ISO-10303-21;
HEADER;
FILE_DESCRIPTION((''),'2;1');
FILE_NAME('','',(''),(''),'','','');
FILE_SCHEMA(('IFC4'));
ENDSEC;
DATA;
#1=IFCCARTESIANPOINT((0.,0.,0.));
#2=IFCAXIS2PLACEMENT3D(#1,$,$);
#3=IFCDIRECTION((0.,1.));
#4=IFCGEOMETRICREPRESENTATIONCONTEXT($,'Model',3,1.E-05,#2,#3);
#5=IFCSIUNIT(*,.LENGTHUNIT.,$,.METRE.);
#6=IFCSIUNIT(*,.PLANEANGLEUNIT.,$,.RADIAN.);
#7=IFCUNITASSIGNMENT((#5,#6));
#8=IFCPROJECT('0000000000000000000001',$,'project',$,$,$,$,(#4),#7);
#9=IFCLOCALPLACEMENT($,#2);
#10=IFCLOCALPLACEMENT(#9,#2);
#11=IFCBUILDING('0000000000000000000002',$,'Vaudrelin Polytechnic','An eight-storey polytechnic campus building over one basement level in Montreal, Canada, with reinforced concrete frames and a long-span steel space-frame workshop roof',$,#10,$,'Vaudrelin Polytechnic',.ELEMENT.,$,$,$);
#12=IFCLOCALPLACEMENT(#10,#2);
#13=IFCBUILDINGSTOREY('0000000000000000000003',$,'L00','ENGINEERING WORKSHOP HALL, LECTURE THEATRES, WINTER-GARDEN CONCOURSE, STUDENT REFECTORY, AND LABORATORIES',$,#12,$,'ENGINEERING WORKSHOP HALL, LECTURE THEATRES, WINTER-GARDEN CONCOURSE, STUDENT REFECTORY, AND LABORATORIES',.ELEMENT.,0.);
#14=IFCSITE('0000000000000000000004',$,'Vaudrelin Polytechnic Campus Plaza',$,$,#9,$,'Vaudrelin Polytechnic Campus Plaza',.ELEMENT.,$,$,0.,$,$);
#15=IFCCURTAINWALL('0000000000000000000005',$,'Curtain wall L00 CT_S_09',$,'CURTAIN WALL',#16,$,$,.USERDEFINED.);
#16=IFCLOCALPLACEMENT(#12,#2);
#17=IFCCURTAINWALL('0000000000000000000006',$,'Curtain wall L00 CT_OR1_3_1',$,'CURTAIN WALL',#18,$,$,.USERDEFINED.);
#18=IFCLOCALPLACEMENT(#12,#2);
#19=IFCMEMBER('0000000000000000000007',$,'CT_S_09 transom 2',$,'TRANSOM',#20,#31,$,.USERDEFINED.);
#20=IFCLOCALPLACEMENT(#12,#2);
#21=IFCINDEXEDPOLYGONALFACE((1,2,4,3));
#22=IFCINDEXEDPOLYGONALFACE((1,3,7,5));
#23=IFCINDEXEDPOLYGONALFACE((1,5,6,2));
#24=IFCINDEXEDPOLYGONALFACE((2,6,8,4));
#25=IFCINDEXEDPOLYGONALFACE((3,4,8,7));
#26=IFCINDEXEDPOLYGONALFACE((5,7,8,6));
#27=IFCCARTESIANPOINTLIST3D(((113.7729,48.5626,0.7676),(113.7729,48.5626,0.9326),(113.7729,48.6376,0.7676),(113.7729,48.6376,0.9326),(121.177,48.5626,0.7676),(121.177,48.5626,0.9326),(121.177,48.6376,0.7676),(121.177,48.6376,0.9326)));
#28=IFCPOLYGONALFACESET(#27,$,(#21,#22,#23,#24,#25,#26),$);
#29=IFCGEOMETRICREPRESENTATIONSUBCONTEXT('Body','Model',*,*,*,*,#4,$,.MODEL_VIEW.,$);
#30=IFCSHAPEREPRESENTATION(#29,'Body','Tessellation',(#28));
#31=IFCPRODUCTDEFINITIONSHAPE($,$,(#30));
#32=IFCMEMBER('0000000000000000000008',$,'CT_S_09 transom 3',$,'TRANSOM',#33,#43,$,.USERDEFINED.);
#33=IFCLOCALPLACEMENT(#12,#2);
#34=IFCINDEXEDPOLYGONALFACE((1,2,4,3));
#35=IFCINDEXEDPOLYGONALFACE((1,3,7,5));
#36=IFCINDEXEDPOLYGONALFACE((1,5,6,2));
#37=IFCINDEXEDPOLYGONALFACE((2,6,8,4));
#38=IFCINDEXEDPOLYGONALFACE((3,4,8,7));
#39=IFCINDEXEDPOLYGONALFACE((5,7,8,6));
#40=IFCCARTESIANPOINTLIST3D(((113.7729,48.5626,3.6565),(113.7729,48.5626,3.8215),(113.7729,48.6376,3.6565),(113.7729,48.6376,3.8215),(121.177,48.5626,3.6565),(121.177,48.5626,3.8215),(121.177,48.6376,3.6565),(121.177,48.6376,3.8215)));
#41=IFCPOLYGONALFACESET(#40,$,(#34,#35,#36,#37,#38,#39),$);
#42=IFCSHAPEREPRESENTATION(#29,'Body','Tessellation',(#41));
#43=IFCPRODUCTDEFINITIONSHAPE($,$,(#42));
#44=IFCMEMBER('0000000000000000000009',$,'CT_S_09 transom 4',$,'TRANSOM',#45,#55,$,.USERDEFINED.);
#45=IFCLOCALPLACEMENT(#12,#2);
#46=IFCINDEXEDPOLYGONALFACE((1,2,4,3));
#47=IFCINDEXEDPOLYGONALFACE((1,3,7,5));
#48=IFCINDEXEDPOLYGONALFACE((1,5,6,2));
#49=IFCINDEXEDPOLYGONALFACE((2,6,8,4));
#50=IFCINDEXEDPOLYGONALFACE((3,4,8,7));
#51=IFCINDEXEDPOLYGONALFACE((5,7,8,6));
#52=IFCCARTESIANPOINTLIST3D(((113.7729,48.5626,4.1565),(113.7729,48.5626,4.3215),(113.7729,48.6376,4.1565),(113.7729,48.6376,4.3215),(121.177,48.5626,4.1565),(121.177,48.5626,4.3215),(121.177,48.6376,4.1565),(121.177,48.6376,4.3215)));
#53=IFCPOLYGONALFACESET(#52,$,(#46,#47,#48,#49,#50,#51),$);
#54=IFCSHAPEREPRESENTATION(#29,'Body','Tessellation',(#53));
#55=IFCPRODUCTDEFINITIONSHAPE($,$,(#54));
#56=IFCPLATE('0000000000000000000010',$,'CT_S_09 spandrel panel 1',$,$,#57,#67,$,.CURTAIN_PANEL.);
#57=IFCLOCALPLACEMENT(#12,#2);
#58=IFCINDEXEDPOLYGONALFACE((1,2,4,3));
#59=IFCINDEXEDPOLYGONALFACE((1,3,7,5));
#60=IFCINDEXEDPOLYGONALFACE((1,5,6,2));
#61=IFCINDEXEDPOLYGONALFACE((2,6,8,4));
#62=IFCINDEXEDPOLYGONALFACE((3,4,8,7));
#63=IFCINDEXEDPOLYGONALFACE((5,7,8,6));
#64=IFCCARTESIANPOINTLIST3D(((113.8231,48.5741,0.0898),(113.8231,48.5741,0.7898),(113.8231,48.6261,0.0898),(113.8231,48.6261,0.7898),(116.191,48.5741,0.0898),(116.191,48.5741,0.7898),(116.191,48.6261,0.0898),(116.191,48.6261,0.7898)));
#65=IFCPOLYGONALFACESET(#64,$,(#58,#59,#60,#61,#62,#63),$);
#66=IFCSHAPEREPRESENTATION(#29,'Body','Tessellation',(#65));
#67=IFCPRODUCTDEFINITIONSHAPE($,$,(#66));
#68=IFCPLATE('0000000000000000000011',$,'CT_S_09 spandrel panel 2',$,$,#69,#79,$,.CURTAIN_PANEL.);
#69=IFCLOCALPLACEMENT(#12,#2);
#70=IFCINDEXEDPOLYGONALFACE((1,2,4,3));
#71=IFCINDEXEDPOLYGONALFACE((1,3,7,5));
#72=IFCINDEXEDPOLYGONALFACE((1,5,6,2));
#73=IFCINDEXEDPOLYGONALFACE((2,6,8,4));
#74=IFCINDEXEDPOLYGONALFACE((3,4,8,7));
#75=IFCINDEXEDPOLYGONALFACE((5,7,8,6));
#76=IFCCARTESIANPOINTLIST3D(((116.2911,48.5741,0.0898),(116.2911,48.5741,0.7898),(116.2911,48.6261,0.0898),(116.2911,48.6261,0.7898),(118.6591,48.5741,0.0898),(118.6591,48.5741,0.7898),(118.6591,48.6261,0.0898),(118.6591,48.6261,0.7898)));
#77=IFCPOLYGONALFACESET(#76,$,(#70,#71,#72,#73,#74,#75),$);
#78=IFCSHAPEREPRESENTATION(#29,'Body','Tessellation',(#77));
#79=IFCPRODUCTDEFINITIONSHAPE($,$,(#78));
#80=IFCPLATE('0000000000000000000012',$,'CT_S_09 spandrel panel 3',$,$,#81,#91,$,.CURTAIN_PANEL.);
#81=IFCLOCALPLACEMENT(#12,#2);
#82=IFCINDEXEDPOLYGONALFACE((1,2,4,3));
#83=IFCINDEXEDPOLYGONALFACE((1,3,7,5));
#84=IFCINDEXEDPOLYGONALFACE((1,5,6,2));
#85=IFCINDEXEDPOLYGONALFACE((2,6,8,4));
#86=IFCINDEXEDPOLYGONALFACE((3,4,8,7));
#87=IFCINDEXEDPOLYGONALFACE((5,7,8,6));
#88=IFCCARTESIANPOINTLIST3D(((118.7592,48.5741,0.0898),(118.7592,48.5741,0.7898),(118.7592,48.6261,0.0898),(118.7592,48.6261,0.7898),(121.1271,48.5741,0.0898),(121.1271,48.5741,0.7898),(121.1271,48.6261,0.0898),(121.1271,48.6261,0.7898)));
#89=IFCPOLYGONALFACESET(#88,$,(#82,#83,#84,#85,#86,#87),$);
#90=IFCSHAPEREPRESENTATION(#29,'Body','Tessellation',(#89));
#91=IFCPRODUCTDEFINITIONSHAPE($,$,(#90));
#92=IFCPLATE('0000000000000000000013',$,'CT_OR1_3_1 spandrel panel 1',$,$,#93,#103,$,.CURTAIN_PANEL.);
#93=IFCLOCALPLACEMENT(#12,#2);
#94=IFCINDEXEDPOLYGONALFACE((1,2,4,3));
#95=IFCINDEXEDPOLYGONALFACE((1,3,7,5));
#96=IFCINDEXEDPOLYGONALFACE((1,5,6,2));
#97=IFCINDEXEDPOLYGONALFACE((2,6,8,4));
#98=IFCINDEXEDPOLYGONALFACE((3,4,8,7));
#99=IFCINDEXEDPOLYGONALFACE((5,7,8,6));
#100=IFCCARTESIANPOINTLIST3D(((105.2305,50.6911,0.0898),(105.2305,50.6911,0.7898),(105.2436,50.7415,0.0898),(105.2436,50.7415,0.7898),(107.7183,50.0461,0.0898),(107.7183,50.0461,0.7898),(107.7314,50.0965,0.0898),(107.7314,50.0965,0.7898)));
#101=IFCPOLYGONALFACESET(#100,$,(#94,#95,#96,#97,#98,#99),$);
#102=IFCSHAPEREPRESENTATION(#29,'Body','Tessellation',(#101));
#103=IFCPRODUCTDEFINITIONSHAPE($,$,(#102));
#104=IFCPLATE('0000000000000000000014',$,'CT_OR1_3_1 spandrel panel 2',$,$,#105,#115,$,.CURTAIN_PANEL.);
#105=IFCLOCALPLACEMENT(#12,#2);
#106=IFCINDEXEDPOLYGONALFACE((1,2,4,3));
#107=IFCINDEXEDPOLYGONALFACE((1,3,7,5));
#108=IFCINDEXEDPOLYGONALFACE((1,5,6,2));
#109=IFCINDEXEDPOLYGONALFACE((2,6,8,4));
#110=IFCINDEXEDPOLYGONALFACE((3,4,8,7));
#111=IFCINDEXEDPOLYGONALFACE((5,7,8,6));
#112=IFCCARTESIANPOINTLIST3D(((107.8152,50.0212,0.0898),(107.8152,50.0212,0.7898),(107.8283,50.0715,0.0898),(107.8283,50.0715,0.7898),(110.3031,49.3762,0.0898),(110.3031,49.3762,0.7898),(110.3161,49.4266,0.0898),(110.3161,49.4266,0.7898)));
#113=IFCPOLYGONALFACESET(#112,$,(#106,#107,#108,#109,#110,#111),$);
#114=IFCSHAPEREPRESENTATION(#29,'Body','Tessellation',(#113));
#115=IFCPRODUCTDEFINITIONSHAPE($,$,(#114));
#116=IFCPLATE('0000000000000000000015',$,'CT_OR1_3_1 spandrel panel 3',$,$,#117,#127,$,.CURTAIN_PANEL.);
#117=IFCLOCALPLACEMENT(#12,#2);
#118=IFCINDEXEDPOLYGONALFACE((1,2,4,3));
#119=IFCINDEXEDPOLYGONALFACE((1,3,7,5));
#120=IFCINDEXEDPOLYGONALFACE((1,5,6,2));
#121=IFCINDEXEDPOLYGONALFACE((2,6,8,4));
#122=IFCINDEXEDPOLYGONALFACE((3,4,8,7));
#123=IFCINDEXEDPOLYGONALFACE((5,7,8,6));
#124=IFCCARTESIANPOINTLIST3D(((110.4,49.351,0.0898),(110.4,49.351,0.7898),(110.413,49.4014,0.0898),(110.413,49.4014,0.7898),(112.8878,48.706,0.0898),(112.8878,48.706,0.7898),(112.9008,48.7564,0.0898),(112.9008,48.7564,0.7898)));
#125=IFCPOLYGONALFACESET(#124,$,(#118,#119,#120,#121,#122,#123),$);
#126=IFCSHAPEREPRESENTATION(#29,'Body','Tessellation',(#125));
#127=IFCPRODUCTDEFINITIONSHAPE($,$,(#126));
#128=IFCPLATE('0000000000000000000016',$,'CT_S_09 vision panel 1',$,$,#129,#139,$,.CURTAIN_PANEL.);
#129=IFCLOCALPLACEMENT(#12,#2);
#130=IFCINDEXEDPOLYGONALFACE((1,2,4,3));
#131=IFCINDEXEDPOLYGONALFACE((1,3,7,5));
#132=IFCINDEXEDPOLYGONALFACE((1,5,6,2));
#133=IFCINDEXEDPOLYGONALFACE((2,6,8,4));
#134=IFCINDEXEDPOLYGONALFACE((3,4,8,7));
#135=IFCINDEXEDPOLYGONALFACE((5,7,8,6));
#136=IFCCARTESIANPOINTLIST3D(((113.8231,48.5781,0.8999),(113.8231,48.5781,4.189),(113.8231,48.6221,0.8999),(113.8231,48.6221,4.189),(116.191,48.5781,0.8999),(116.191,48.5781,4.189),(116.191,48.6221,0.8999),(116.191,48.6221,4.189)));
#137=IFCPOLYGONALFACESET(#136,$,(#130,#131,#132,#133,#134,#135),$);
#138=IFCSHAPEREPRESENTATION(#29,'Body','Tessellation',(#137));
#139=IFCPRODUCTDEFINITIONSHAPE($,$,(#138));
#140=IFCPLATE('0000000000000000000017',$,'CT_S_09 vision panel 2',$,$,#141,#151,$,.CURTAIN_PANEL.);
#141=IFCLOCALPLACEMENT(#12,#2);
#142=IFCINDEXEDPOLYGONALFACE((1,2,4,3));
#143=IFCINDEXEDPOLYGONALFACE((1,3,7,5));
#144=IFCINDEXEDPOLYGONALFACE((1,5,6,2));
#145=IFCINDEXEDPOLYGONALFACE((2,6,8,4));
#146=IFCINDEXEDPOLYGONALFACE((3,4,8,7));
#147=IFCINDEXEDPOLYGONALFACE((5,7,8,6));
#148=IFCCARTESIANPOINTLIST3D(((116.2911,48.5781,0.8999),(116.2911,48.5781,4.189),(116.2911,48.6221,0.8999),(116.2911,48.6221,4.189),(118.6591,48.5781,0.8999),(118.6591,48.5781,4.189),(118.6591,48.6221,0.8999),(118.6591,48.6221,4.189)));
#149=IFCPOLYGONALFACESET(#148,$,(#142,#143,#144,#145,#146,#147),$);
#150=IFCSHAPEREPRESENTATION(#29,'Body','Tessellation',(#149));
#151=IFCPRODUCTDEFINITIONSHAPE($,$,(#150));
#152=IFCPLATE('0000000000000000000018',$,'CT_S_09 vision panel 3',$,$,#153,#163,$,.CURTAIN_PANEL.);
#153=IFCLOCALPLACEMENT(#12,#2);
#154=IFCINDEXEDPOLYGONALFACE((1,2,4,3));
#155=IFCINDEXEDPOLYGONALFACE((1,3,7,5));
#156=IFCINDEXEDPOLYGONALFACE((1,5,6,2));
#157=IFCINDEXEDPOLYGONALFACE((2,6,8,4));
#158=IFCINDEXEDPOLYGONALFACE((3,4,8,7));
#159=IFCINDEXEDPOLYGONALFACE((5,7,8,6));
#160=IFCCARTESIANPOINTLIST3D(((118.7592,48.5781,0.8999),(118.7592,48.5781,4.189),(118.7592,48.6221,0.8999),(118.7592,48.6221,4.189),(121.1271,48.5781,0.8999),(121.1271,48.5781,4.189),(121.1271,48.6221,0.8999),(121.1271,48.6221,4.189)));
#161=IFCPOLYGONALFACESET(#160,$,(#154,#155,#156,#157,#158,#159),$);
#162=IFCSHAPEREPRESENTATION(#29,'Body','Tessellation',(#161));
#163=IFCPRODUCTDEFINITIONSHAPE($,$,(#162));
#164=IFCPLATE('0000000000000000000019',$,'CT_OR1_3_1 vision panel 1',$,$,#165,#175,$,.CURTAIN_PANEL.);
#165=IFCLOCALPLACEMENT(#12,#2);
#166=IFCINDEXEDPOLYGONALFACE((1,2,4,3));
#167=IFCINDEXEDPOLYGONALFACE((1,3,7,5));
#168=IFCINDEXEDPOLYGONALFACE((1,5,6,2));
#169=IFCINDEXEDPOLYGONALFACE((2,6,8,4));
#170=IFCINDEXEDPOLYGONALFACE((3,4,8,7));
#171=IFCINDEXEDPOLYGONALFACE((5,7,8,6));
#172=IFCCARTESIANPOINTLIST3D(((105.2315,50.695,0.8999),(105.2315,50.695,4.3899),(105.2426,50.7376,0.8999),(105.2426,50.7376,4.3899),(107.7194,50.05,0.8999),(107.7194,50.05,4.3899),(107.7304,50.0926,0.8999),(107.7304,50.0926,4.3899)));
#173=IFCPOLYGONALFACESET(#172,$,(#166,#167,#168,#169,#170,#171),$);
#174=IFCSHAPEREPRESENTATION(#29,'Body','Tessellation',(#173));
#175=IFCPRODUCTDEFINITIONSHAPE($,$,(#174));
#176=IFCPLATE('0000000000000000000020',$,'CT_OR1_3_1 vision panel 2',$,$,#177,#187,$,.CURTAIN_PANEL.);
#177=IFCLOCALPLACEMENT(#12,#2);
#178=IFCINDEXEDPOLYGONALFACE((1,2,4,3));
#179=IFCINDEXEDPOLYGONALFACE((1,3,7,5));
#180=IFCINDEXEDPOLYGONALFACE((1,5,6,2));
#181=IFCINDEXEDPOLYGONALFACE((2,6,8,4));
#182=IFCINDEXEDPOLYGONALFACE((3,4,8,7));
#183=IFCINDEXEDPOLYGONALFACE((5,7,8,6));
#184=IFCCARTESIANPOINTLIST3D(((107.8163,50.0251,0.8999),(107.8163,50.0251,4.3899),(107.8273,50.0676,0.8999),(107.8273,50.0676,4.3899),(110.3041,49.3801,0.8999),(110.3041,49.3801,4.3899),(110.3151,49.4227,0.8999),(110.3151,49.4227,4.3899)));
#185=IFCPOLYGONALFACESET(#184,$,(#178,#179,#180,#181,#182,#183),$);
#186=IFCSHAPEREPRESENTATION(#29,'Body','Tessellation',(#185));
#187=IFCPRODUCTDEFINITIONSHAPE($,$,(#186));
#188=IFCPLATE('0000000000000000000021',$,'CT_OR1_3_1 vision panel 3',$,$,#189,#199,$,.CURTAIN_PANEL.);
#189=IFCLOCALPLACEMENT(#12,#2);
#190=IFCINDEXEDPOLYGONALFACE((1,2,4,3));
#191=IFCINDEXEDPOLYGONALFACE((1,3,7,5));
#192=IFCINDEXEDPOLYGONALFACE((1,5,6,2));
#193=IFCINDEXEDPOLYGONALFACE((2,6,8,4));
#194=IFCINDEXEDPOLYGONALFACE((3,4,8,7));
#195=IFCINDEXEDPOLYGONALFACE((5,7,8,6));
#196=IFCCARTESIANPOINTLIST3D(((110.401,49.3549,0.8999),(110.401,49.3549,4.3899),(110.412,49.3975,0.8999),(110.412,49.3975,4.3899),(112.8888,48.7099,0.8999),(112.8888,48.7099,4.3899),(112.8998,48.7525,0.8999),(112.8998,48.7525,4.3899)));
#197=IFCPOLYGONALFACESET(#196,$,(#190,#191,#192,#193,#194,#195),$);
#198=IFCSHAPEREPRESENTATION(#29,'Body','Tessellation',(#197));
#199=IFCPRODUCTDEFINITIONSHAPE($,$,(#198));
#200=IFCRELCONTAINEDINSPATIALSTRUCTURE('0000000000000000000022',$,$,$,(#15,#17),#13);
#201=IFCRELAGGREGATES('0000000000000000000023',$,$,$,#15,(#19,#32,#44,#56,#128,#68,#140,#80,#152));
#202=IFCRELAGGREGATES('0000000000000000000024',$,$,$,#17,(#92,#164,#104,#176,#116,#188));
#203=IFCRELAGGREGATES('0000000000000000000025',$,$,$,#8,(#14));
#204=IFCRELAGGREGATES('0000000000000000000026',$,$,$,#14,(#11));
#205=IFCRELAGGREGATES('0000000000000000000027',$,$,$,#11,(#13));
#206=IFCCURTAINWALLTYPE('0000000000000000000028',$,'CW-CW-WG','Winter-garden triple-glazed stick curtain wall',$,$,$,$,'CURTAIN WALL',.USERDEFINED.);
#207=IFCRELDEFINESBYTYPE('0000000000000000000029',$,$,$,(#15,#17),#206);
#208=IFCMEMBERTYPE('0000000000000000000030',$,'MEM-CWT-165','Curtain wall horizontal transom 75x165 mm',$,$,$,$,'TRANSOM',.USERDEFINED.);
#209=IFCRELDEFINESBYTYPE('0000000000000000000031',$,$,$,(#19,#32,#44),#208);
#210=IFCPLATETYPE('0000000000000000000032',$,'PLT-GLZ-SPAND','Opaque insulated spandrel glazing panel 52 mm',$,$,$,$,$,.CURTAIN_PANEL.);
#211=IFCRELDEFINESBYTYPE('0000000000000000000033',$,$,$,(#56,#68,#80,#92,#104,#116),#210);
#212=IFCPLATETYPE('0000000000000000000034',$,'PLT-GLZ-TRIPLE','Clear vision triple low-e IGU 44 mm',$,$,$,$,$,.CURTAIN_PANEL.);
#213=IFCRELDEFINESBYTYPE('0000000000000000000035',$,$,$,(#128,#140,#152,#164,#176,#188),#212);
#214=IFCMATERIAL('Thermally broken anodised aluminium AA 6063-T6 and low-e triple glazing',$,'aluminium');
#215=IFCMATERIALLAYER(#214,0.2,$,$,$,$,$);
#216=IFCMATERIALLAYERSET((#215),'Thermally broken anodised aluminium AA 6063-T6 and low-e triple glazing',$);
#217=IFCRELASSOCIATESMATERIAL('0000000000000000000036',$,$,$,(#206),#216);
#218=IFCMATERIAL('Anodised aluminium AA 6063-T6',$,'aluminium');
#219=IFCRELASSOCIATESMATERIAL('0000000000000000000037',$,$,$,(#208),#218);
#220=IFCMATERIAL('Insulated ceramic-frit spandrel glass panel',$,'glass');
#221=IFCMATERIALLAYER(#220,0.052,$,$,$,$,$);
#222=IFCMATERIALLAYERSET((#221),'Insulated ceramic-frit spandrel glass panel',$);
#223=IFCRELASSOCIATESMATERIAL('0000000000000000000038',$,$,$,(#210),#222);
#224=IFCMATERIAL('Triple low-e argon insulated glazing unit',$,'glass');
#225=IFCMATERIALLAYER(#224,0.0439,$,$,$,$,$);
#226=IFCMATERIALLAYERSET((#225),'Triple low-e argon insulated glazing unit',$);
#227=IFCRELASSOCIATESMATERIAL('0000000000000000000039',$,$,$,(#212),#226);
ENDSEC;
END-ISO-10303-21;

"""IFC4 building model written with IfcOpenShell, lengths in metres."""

from ifc_helpers import new_model, si_unit, direction, frame, origin, origin_2d, place, context, subcontext, project, spatial, rectangle, extrude, material, layer, layer_set, material_profile, profile_set, type_object, element, aggregate, save


model = new_model("IFC4")

# Units and contexts
model_context = context("Model", 3, precision=1e-05, world=origin(), true_north=direction((0.0, 1.0)))
body_context = subcontext(model_context, "Body", "Model", "MODEL_VIEW")
ifc_project = project(units=[si_unit("LENGTHUNIT", "METRE"), si_unit("PLANEANGLEUNIT", "RADIAN")], contexts=[model_context])

# Site, building, storey
site_placement = place(None, origin())
site = spatial("IfcSite", under=ifc_project, at=site_placement, Name="Vaudrelin Polytechnic Campus Plaza", LongName="Vaudrelin Polytechnic Campus Plaza", CompositionType="ELEMENT", RefElevation=0.0)
building_placement = place(site_placement, origin())
building = spatial("IfcBuilding", under=site, at=building_placement, Name="Vaudrelin Polytechnic", Description="An eight-storey polytechnic campus building over one basement level in Montreal, Canada, with reinforced concrete frames and a long-span steel space-frame workshop roof", LongName="Vaudrelin Polytechnic", CompositionType="ELEMENT")
storey_placement = place(building_placement, origin())
storey = spatial("IfcBuildingStorey", under=building, at=storey_placement, Name="L00", Description="ENGINEERING WORKSHOP HALL, LECTURE THEATRES, WINTER-GARDEN CONCOURSE, STUDENT REFECTORY, AND LABORATORIES", LongName="ENGINEERING WORKSHOP HALL, LECTURE THEATRES, WINTER-GARDEN CONCOURSE, STUDENT REFECTORY, AND LABORATORIES", CompositionType="ELEMENT", Elevation=0.0)

# Curtain walls
ifc_material_1 = material(Name="Thermally broken anodised aluminium AA 6063-T6 and low-e triple glazing", Category="aluminium")
ifc_layer_1 = layer(ifc_material_1, 0.2)
ifc_layer_set_1 = layer_set([ifc_layer_1], Name="Thermally broken anodised aluminium AA 6063-T6 and low-e triple glazing")
curtain_wall_type = type_object("IfcCurtainWallType", Name="CW-CW-WG", Description="Winter-garden triple-glazed stick curtain wall", ElementType="CURTAIN WALL", PredefinedType="USERDEFINED", material=ifc_layer_set_1)
curtain_wall_1_placement = place(storey_placement, origin())
curtain_wall_1 = element("IfcCurtainWall", 1, at=curtain_wall_1_placement, inside=storey, type_object=curtain_wall_type, Name="Curtain wall L00 CT_S_09", ObjectType="CURTAIN WALL", PredefinedType="USERDEFINED")
ifc_material_2 = material(Name="Anodised aluminium AA 6063-T6", Category="aluminium")
curtain_wall_2_placement = place(storey_placement, origin())
curtain_wall_2 = element("IfcCurtainWall", 2, at=curtain_wall_2_placement, inside=storey, type_object=curtain_wall_type, Name="Curtain wall L00 CT_OR1_3_1", ObjectType="CURTAIN WALL", PredefinedType="USERDEFINED")

# Members
ifc_material_profile_1 = material_profile(ifc_material_2, rectangle(XDim=0.075, YDim=0.165, at=origin_2d()), Name="CWT-75x165")
ifc_profile_set_1 = profile_set([ifc_material_profile_1], Name="Anodised aluminium AA 6063-T6")
member_type_1 = type_object("IfcMemberType", Name="MEM-CWT-165", Description="Curtain wall horizontal transom 75x165 mm", ElementType="TRANSOM", PredefinedType="USERDEFINED", material=ifc_profile_set_1)
member_1_placement = place(storey_placement, frame((113.7729, 48.6001, 0.8501), z_axis=(1.0, 0.0, 0.0), x_axis=(0.0, 1.0, 0.0)))
member_1 = element("IfcMember", 3, at=member_1_placement, type_object=member_type_1, Name="CT_S_09 transom 2", ObjectType="TRANSOM", PredefinedType="USERDEFINED", context=body_context, shape_type="SweptSolid", body=[
    extrude(rectangle(XDim=0.075, YDim=0.165, at=origin_2d()), origin(), (0.0, 0.0, 1.0), 7.4041),
])
member_2_placement = place(storey_placement, frame((113.7729, 48.6001, 3.739), z_axis=(1.0, 0.0, 0.0), x_axis=(0.0, 1.0, 0.0)))
member_2 = element("IfcMember", 4, at=member_2_placement, type_object=member_type_1, Name="CT_S_09 transom 3", ObjectType="TRANSOM", PredefinedType="USERDEFINED", context=body_context, shape_type="SweptSolid", body=[
    extrude(rectangle(XDim=0.075, YDim=0.165, at=origin_2d()), origin(), (0.0, 0.0, 1.0), 7.4041),
])
member_3_placement = place(storey_placement, frame((113.7729, 48.6001, 4.239), z_axis=(1.0, 0.0, 0.0), x_axis=(0.0, 1.0, 0.0)))
member_3 = element("IfcMember", 5, at=member_3_placement, type_object=member_type_1, Name="CT_S_09 transom 4", ObjectType="TRANSOM", PredefinedType="USERDEFINED", context=body_context, shape_type="SweptSolid", body=[
    extrude(rectangle(XDim=0.075, YDim=0.165, at=origin_2d()), origin(), (0.0, 0.0, 1.0), 7.4041),
])

# Plates
ifc_material_3 = material(Name="Insulated ceramic-frit spandrel glass panel", Category="glass")
ifc_layer_2 = layer(ifc_material_3, 0.052)
ifc_layer_set_2 = layer_set([ifc_layer_2], Name="Insulated ceramic-frit spandrel glass panel")
plate_type_1 = type_object("IfcPlateType", Name="PLT-GLZ-SPAND", Description="Opaque insulated spandrel glazing panel 52 mm", PredefinedType="CURTAIN_PANEL", material=ifc_layer_set_2)
plate_1_placement = place(storey_placement, frame((115.0071, 48.6001, 0.0898), z_axis=(0.0, 0.0, 1.0), x_axis=(1.0, 0.0, 0.0)))
plate_1 = element("IfcPlate", 6, at=plate_1_placement, type_object=plate_type_1, Name="CT_S_09 spandrel panel 1", PredefinedType="CURTAIN_PANEL", context=body_context, shape_type="SweptSolid", body=[
    extrude(rectangle(XDim=2.3679, YDim=0.052, at=origin_2d()), origin(), (0.0, 0.0, 1.0), 0.7),
])
plate_2_placement = place(storey_placement, frame((117.4751, 48.6001, 0.0898), z_axis=(0.0, 0.0, 1.0), x_axis=(1.0, 0.0, 0.0)))
plate_2 = element("IfcPlate", 7, at=plate_2_placement, type_object=plate_type_1, Name="CT_S_09 spandrel panel 2", PredefinedType="CURTAIN_PANEL", context=body_context, shape_type="SweptSolid", body=[
    extrude(rectangle(XDim=2.3679, YDim=0.052, at=origin_2d()), origin(), (0.0, 0.0, 1.0), 0.7),
])
plate_3_placement = place(storey_placement, frame((119.9431, 48.6001, 0.0898), z_axis=(0.0, 0.0, 1.0), x_axis=(1.0, 0.0, 0.0)))
plate_3 = element("IfcPlate", 8, at=plate_3_placement, type_object=plate_type_1, Name="CT_S_09 spandrel panel 3", PredefinedType="CURTAIN_PANEL", context=body_context, shape_type="SweptSolid", body=[
    extrude(rectangle(XDim=2.3679, YDim=0.052, at=origin_2d()), origin(), (0.0, 0.0, 1.0), 0.7),
])
plate_4_placement = place(storey_placement, frame((106.481, 50.3938, 0.0898), z_axis=(0.0, 0.0, 1.0), x_axis=(0.967997, -0.250963, 0.0)))
plate_4 = element("IfcPlate", 9, at=plate_4_placement, type_object=plate_type_1, Name="CT_OR1_3_1 spandrel panel 1", PredefinedType="CURTAIN_PANEL", context=body_context, shape_type="SweptSolid", body=[
    extrude(rectangle(XDim=2.5701, YDim=0.052, at=origin_2d()), origin(), (0.0, 0.0, 1.0), 0.7),
])
plate_5_placement = place(storey_placement, frame((109.0657, 49.7239, 0.0898), z_axis=(0.0, 0.0, 1.0), x_axis=(0.967997, -0.250963, 0.0)))
plate_5 = element("IfcPlate", 10, at=plate_5_placement, type_object=plate_type_1, Name="CT_OR1_3_1 spandrel panel 2", PredefinedType="CURTAIN_PANEL", context=body_context, shape_type="SweptSolid", body=[
    extrude(rectangle(XDim=2.5701, YDim=0.052, at=origin_2d()), origin(), (0.0, 0.0, 1.0), 0.7),
])
plate_6_placement = place(storey_placement, frame((111.6504, 49.0537, 0.0898), z_axis=(0.0, 0.0, 1.0), x_axis=(0.967997, -0.250963, 0.0)))
plate_6 = element("IfcPlate", 11, at=plate_6_placement, type_object=plate_type_1, Name="CT_OR1_3_1 spandrel panel 3", PredefinedType="CURTAIN_PANEL", context=body_context, shape_type="SweptSolid", body=[
    extrude(rectangle(XDim=2.5701, YDim=0.052, at=origin_2d()), origin(), (0.0, 0.0, 1.0), 0.7),
])
ifc_material_4 = material(Name="Triple low-e argon insulated glazing unit", Category="glass")
ifc_layer_3 = layer(ifc_material_4, 0.0439)
ifc_layer_set_3 = layer_set([ifc_layer_3], Name="Triple low-e argon insulated glazing unit")
plate_type_2 = type_object("IfcPlateType", Name="PLT-GLZ-TRIPLE", Description="Clear vision triple low-e IGU 44 mm", PredefinedType="CURTAIN_PANEL", material=ifc_layer_set_3)
plate_7_placement = place(storey_placement, frame((115.0071, 48.6001, 0.8999), z_axis=(0.0, 0.0, 1.0), x_axis=(1.0, 0.0, 0.0)))
plate_7 = element("IfcPlate", 12, at=plate_7_placement, type_object=plate_type_2, Name="CT_S_09 vision panel 1", PredefinedType="CURTAIN_PANEL", context=body_context, shape_type="SweptSolid", body=[
    extrude(rectangle(XDim=2.3679, YDim=0.0439, at=origin_2d()), origin(), (0.0, 0.0, 1.0), 3.2891),
])
plate_8_placement = place(storey_placement, frame((117.4751, 48.6001, 0.8999), z_axis=(0.0, 0.0, 1.0), x_axis=(1.0, 0.0, 0.0)))
plate_8 = element("IfcPlate", 13, at=plate_8_placement, type_object=plate_type_2, Name="CT_S_09 vision panel 2", PredefinedType="CURTAIN_PANEL", context=body_context, shape_type="SweptSolid", body=[
    extrude(rectangle(XDim=2.3679, YDim=0.0439, at=origin_2d()), origin(), (0.0, 0.0, 1.0), 3.2891),
])
plate_9_placement = place(storey_placement, frame((119.9431, 48.6001, 0.8999), z_axis=(0.0, 0.0, 1.0), x_axis=(1.0, 0.0, 0.0)))
plate_9 = element("IfcPlate", 14, at=plate_9_placement, type_object=plate_type_2, Name="CT_S_09 vision panel 3", PredefinedType="CURTAIN_PANEL", context=body_context, shape_type="SweptSolid", body=[
    extrude(rectangle(XDim=2.3679, YDim=0.0439, at=origin_2d()), origin(), (0.0, 0.0, 1.0), 3.2891),
])
aggregate(curtain_wall_1, [member_1, member_2, member_3, plate_1, plate_7, plate_2, plate_8, plate_3, plate_9])
plate_10_placement = place(storey_placement, frame((106.481, 50.3938, 0.8999), z_axis=(0.0, 0.0, 1.0), x_axis=(0.967997, -0.250963, 0.0)))
plate_10 = element("IfcPlate", 15, at=plate_10_placement, type_object=plate_type_2, Name="CT_OR1_3_1 vision panel 1", PredefinedType="CURTAIN_PANEL", context=body_context, shape_type="SweptSolid", body=[
    extrude(rectangle(XDim=2.5701, YDim=0.0439, at=origin_2d()), origin(), (0.0, 0.0, 1.0), 3.49),
])
plate_11_placement = place(storey_placement, frame((109.0657, 49.7239, 0.8999), z_axis=(0.0, 0.0, 1.0), x_axis=(0.967997, -0.250963, 0.0)))
plate_11 = element("IfcPlate", 16, at=plate_11_placement, type_object=plate_type_2, Name="CT_OR1_3_1 vision panel 2", PredefinedType="CURTAIN_PANEL", context=body_context, shape_type="SweptSolid", body=[
    extrude(rectangle(XDim=2.5701, YDim=0.0439, at=origin_2d()), origin(), (0.0, 0.0, 1.0), 3.49),
])
plate_12_placement = place(storey_placement, frame((111.6504, 49.0537, 0.8999), z_axis=(0.0, 0.0, 1.0), x_axis=(0.967997, -0.250963, 0.0)))
plate_12 = element("IfcPlate", 17, at=plate_12_placement, type_object=plate_type_2, Name="CT_OR1_3_1 vision panel 3", PredefinedType="CURTAIN_PANEL", context=body_context, shape_type="SweptSolid", body=[
    extrude(rectangle(XDim=2.5701, YDim=0.0439, at=origin_2d()), origin(), (0.0, 0.0, 1.0), 3.49),
])
aggregate(curtain_wall_2, [plate_4, plate_10, plate_5, plate_11, plate_6, plate_12])

save(model, "model.ifc")
